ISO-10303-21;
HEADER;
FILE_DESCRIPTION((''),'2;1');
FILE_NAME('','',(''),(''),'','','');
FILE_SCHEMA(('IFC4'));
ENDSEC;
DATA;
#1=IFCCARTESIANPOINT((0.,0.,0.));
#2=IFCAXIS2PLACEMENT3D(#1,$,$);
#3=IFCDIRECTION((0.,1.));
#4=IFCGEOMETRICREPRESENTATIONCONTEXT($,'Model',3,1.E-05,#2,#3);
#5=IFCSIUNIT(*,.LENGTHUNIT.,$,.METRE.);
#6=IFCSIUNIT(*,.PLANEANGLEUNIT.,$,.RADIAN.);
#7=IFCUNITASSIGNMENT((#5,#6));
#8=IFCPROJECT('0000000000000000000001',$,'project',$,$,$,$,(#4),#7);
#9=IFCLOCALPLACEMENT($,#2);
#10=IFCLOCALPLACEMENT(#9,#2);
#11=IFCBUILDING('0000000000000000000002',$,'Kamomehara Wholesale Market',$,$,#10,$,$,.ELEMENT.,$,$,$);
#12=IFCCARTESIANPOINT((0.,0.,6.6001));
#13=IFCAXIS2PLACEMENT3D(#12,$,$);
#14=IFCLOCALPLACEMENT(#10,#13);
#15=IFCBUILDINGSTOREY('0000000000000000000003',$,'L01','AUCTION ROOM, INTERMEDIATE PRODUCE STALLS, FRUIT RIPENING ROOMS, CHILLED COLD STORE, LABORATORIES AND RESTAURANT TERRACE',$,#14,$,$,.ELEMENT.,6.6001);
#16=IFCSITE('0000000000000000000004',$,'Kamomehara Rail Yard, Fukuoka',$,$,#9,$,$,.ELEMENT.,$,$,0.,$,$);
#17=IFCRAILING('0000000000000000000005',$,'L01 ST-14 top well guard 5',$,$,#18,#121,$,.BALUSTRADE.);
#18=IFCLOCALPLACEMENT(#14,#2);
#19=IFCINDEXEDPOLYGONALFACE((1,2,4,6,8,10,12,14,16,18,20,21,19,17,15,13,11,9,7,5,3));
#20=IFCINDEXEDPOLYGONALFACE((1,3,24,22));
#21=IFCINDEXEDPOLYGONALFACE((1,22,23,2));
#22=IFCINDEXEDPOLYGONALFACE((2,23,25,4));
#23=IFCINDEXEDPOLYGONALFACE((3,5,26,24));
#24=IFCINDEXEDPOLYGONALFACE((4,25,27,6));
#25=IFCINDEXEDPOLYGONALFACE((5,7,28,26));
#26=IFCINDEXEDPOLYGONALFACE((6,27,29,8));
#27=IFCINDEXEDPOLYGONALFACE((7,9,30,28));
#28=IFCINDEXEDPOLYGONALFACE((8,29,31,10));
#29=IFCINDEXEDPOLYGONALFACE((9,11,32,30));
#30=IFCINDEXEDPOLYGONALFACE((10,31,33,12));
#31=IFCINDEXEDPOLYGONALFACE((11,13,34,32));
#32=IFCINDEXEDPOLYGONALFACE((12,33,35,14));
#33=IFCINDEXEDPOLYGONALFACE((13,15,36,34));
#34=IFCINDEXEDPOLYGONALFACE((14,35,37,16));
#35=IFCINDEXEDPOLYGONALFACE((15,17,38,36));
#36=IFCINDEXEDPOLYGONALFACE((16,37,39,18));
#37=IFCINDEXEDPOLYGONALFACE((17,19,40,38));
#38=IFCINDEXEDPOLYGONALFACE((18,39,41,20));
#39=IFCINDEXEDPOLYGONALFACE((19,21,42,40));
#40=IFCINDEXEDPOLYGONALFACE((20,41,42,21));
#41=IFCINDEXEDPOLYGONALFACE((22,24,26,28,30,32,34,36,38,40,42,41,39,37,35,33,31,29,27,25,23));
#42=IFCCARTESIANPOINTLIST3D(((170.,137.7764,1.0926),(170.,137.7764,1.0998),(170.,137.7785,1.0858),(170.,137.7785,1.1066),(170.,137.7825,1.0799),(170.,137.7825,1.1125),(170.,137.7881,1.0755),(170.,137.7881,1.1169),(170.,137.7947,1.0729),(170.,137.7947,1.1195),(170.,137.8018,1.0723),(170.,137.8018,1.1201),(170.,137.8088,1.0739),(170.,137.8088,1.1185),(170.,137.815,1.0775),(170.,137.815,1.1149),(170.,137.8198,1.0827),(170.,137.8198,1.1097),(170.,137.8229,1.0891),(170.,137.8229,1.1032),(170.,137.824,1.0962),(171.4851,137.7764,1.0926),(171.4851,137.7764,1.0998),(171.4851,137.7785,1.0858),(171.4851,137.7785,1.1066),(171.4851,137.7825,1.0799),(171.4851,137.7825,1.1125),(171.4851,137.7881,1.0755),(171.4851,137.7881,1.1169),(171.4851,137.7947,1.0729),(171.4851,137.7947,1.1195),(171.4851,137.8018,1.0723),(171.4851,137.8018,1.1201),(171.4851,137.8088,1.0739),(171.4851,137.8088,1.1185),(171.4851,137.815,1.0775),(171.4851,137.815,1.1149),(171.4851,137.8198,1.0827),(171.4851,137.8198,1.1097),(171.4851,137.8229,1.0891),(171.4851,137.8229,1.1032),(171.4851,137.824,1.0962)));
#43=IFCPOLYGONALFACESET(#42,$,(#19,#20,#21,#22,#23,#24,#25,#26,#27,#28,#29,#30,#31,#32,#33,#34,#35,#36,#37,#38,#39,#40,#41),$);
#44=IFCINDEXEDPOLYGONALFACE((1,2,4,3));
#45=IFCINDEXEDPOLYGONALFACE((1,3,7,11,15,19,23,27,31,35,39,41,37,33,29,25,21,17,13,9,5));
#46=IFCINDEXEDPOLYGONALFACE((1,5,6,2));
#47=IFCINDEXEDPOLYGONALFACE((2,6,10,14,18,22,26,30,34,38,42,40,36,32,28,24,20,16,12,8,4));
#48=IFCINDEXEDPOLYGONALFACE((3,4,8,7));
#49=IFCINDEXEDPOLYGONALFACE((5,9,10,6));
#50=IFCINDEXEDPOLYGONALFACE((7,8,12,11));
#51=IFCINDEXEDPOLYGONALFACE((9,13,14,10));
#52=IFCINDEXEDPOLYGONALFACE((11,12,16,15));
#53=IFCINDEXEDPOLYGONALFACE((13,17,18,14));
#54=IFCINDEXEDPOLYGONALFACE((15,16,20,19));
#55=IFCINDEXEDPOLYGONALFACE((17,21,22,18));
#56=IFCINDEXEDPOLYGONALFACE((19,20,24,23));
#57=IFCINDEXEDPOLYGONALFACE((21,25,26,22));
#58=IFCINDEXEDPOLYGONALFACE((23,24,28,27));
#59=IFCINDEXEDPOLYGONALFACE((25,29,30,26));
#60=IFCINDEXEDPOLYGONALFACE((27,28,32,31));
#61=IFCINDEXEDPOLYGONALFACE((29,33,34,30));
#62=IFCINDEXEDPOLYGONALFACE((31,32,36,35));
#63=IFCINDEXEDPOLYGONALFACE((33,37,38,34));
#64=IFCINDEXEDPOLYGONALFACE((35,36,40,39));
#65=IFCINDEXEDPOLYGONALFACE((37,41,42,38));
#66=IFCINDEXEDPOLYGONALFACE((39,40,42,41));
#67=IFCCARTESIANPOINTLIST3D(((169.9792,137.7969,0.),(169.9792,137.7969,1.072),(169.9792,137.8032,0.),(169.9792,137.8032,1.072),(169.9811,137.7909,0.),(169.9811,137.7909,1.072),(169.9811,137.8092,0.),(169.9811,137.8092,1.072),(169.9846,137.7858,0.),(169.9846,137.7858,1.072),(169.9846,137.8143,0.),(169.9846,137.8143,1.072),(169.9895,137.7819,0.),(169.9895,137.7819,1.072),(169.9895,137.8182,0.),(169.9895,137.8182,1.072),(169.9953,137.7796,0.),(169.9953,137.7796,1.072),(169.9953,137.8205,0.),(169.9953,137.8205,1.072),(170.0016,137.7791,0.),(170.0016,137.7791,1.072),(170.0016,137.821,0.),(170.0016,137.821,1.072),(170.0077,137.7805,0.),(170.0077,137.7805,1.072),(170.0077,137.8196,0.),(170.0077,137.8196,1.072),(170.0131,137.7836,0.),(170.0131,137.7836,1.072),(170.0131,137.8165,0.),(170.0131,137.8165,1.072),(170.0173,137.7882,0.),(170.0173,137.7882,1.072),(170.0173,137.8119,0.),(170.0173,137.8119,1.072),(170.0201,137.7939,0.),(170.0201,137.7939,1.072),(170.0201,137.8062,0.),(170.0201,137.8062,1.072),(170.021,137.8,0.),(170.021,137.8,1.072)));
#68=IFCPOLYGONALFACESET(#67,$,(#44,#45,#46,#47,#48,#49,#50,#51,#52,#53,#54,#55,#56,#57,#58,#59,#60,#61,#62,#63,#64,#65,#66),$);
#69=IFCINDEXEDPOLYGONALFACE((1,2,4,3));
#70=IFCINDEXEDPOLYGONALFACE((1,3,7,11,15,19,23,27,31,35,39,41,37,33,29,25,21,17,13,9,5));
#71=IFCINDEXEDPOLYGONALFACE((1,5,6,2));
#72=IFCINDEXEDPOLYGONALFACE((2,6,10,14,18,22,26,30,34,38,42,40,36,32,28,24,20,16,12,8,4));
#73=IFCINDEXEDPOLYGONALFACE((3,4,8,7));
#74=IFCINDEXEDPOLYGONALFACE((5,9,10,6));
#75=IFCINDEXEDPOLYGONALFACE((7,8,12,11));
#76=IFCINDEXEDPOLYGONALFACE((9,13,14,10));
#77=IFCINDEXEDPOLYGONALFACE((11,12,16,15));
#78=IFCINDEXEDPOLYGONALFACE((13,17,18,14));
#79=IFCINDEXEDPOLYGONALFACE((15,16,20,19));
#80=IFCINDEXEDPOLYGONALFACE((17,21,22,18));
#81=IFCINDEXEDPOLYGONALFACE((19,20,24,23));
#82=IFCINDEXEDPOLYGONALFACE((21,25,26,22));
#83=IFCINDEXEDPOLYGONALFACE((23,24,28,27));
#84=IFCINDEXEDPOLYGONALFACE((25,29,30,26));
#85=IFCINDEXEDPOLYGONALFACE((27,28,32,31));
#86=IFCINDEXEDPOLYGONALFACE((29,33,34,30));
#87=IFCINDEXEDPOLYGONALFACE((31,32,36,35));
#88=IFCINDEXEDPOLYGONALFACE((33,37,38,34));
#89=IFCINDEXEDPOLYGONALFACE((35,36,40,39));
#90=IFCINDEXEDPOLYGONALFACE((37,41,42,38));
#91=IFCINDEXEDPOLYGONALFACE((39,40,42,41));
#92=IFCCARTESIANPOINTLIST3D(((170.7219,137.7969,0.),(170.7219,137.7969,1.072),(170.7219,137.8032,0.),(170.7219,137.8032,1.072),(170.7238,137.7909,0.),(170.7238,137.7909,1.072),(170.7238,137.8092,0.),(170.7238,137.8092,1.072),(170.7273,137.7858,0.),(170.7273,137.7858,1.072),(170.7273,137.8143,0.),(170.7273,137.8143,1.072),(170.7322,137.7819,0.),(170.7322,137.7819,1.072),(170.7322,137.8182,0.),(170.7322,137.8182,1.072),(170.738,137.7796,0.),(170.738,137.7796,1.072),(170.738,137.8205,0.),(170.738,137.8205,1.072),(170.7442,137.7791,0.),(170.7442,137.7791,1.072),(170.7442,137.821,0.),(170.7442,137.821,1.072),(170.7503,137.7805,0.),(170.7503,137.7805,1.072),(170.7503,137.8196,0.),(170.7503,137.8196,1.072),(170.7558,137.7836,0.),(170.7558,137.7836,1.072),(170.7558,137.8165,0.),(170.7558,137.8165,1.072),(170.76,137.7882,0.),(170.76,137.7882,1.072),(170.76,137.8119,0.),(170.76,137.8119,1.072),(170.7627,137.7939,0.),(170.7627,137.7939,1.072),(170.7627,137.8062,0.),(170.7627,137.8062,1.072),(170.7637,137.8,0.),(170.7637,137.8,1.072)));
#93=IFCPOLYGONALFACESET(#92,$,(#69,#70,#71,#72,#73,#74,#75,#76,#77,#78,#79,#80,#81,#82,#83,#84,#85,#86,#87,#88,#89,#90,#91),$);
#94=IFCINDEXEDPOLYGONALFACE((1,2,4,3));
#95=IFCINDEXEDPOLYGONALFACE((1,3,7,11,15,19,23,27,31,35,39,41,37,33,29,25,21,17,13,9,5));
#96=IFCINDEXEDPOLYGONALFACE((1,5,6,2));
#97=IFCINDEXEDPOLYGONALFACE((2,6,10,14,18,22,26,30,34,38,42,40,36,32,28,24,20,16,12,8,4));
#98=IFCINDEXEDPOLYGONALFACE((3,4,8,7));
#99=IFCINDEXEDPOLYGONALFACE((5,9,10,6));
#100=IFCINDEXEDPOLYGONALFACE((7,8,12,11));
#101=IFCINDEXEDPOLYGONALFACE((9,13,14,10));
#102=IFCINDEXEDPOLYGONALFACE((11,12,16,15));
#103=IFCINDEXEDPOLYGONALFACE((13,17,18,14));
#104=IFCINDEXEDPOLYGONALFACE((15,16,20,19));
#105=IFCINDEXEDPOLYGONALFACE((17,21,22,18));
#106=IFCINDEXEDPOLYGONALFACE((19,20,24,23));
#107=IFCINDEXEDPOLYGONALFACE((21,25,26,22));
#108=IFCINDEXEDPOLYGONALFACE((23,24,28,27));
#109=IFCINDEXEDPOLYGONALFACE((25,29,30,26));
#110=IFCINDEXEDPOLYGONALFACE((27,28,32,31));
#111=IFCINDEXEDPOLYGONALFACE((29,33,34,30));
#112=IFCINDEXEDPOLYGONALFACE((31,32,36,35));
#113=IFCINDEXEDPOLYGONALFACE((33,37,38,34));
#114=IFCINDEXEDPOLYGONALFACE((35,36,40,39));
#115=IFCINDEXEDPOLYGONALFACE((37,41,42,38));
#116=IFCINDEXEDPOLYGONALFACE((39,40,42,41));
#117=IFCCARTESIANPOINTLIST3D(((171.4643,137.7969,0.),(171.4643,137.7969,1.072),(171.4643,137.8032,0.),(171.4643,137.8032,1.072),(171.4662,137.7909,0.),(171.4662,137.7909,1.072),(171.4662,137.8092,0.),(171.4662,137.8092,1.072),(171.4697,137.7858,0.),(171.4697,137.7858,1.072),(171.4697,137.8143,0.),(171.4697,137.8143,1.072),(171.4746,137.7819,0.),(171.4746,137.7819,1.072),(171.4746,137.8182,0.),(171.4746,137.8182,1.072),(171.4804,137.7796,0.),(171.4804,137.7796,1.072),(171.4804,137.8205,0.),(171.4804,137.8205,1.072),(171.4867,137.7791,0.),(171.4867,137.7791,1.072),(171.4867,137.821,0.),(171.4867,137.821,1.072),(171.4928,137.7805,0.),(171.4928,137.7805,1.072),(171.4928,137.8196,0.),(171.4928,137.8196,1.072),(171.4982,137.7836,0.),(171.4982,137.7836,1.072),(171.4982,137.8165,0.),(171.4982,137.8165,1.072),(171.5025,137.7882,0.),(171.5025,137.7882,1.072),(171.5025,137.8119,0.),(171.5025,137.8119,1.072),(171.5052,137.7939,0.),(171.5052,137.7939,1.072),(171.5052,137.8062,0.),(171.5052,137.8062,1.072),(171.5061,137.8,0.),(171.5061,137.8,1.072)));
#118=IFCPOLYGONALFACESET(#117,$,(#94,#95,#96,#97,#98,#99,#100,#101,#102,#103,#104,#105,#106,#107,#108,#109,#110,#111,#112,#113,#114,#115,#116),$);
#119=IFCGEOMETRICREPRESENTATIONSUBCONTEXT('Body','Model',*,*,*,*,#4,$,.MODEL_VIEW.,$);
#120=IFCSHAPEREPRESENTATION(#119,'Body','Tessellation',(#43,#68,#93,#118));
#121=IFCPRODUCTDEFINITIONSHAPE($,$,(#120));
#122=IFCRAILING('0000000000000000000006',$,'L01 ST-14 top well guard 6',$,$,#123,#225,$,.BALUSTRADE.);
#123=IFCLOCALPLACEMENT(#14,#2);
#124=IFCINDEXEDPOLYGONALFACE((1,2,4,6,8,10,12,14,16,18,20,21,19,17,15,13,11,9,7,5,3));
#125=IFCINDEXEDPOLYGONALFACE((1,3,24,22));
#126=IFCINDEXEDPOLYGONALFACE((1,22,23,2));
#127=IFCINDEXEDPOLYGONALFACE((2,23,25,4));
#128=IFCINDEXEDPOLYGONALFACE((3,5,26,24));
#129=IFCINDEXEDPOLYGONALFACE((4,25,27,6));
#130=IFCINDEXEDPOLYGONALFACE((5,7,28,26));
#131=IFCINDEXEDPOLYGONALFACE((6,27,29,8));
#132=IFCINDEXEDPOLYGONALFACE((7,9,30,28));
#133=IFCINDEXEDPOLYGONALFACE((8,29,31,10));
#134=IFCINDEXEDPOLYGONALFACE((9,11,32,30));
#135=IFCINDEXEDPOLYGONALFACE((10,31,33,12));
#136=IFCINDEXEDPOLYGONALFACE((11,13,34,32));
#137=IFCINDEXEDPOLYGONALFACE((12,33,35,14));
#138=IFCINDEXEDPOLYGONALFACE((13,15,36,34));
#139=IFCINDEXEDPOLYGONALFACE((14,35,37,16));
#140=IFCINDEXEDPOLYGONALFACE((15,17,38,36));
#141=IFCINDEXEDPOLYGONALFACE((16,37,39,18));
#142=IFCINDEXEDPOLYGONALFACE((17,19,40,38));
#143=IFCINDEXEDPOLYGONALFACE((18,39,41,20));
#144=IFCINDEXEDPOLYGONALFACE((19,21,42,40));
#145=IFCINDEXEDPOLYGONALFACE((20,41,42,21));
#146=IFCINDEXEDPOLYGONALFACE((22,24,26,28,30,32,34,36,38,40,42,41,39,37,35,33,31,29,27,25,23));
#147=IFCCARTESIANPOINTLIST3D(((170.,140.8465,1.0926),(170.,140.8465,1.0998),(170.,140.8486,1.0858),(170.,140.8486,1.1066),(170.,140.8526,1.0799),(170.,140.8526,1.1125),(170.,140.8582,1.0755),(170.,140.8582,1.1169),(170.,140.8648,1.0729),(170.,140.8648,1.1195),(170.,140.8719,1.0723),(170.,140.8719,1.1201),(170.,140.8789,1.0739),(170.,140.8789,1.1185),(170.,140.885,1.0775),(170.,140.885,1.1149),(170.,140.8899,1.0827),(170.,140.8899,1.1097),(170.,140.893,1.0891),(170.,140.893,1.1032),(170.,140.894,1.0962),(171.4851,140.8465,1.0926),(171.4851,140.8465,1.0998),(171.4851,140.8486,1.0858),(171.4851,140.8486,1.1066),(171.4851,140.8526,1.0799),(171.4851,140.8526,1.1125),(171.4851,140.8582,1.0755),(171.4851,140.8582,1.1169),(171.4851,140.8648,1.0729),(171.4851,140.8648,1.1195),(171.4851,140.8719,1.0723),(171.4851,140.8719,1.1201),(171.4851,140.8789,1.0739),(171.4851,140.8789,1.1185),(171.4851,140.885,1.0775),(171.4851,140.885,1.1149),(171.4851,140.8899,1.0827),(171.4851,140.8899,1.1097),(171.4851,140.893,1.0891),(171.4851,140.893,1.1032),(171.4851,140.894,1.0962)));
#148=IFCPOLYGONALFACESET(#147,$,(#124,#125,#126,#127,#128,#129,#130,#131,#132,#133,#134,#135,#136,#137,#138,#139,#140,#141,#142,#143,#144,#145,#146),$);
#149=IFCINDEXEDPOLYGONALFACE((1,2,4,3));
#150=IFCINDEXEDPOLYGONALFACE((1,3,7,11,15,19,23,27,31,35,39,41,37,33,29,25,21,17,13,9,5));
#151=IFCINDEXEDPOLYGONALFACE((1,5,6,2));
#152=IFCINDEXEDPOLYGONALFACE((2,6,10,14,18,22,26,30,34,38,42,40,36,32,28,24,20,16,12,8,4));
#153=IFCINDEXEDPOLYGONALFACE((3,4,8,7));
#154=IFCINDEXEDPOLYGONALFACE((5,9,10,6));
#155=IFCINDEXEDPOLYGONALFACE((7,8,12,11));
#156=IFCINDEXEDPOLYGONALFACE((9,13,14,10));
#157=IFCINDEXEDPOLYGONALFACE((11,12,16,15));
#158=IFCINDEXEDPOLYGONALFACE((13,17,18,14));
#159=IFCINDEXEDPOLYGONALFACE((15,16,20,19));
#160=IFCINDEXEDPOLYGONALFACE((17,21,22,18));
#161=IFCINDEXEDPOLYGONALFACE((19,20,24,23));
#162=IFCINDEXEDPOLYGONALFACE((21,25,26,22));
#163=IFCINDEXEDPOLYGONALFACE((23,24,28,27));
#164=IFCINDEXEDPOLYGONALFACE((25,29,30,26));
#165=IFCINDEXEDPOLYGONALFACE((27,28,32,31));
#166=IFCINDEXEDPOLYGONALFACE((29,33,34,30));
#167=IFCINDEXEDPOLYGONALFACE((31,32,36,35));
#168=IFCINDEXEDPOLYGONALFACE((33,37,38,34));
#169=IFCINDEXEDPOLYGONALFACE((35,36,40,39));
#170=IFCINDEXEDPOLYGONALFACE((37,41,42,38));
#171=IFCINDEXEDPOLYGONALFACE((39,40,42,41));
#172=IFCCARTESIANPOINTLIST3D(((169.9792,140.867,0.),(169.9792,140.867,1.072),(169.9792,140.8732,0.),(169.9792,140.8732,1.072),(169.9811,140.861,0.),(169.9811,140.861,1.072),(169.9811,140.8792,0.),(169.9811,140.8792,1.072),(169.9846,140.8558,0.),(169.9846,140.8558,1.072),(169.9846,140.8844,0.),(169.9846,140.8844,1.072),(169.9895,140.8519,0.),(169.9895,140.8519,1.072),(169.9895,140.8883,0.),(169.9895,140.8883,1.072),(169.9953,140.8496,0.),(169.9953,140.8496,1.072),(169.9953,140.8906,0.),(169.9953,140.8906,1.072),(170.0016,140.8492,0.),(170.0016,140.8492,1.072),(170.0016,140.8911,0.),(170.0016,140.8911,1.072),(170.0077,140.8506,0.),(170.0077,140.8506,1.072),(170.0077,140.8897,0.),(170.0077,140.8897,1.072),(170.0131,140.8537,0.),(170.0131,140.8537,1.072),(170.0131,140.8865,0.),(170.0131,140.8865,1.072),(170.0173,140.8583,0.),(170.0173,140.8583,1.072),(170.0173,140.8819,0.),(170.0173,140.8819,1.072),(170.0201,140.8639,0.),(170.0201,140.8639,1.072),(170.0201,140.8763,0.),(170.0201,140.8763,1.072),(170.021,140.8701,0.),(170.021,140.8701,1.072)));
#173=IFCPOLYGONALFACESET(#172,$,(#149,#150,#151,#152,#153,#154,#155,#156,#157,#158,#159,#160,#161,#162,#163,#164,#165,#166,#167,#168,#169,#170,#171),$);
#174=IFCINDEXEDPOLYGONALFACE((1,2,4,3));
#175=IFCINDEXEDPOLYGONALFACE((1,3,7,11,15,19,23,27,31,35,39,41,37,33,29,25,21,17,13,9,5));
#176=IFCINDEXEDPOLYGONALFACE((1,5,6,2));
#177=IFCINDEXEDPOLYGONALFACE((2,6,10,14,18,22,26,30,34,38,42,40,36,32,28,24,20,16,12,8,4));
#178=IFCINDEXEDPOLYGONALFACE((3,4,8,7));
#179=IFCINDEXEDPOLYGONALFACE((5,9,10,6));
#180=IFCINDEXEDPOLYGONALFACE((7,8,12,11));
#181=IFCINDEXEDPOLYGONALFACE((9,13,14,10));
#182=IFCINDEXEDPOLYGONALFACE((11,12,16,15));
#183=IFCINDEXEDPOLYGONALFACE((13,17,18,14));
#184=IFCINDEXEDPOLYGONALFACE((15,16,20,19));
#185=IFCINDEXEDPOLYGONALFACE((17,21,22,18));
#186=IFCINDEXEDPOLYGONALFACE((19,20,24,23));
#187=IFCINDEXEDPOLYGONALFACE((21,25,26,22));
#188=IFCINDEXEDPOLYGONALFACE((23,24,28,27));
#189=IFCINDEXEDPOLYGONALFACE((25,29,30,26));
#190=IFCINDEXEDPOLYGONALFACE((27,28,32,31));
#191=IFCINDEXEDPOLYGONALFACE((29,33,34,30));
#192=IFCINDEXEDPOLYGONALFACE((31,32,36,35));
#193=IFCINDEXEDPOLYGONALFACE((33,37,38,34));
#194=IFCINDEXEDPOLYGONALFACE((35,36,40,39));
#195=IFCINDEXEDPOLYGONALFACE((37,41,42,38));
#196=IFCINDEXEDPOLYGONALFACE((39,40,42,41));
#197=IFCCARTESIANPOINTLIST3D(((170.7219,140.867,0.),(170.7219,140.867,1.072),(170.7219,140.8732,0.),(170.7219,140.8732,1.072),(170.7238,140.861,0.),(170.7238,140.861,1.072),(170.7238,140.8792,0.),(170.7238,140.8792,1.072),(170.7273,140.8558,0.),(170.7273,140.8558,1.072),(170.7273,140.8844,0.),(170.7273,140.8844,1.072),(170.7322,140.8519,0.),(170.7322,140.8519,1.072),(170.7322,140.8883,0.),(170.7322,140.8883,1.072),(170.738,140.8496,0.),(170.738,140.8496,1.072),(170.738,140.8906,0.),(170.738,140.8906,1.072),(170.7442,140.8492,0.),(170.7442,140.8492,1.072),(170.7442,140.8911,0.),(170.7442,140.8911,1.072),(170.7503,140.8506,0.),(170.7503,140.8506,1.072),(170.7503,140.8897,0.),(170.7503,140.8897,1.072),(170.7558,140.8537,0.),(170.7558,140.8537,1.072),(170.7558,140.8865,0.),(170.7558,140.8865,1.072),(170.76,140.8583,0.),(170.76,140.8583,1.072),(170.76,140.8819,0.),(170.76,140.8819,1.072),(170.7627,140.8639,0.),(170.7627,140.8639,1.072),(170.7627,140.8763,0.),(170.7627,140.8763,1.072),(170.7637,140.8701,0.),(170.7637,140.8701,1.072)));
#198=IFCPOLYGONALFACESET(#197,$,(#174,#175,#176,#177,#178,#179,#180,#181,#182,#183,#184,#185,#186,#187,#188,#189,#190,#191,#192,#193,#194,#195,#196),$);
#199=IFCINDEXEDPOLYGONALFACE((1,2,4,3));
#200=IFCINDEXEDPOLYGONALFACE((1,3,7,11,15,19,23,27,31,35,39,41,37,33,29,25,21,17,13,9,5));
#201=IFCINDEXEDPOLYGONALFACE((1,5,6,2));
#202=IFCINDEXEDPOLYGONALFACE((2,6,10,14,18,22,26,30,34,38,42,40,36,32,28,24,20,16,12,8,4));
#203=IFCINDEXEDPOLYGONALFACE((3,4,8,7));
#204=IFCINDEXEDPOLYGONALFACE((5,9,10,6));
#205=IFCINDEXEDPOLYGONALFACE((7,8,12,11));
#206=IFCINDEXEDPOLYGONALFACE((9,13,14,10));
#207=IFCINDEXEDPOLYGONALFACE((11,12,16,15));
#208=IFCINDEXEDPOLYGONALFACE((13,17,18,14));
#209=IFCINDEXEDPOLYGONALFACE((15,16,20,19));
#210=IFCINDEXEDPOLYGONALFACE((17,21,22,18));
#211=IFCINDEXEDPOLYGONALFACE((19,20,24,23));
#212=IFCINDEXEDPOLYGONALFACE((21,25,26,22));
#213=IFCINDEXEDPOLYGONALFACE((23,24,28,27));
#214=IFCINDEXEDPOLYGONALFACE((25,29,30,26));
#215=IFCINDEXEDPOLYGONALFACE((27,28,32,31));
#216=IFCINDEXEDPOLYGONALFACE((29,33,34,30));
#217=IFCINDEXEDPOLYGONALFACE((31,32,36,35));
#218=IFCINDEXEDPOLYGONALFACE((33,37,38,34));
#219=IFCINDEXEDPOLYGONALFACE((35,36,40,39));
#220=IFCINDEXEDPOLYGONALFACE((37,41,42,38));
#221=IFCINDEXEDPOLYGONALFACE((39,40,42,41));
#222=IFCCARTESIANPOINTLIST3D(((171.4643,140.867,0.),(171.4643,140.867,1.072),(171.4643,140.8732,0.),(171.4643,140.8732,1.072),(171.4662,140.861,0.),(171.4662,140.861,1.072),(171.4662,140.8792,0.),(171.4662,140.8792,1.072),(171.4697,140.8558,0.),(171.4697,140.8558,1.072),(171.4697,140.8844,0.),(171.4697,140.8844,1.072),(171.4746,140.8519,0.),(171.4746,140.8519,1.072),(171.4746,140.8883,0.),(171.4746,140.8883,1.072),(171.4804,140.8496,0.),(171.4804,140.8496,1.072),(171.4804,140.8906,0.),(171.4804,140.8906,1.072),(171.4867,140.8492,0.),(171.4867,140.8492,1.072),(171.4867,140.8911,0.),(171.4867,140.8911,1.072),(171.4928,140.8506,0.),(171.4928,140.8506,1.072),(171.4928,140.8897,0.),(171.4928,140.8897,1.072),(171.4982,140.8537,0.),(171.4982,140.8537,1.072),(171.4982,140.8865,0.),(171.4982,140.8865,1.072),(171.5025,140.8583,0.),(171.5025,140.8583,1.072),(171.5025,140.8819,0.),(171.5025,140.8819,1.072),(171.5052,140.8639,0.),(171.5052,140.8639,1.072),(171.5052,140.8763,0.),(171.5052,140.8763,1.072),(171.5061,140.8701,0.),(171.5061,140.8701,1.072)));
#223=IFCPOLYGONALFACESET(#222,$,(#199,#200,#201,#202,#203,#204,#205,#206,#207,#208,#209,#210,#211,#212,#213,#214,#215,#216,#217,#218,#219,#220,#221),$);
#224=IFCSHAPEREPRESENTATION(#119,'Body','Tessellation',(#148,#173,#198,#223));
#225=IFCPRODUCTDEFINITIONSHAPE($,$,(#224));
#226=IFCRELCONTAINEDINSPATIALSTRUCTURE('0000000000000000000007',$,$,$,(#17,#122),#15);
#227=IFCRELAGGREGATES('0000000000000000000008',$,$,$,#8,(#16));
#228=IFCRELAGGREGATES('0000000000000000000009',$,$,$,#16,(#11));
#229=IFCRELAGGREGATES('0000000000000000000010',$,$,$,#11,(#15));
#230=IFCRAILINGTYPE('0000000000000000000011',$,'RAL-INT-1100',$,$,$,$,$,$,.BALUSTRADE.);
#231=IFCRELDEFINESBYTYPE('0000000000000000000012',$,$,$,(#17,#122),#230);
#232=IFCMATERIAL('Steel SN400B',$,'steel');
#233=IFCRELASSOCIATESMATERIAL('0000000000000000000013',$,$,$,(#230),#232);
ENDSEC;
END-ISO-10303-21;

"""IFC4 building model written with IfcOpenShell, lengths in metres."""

from ifc_helpers import new_model, si_unit, direction, frame, origin, origin_2d, place, context, subcontext, project, spatial, circle, extrude, material, type_object, element, save


model = new_model("IFC4")

# Units and contexts
model_context = context("Model", 3, precision=1e-05, world=origin(), true_north=direction((0.0, 1.0)))
body_context = subcontext(model_context, "Body", "Model", "MODEL_VIEW")
ifc_project = project(units=[si_unit("LENGTHUNIT", "METRE"), si_unit("PLANEANGLEUNIT", "RADIAN")], contexts=[model_context])

# Site, building, storey
site_placement = place(None, origin())
site = spatial("IfcSite", under=ifc_project, at=site_placement, Name="Kamomehara Rail Yard, Fukuoka", CompositionType="ELEMENT", RefElevation=0.0)
building_placement = place(site_placement, origin())
building = spatial("IfcBuilding", under=site, at=building_placement, Name="Kamomehara Wholesale Market", CompositionType="ELEMENT")
storey_placement = place(building_placement, frame((0.0, 0.0, 6.6001)))
storey = spatial("IfcBuildingStorey", under=building, at=storey_placement, Name="L01", Description="AUCTION ROOM, INTERMEDIATE PRODUCE STALLS, FRUIT RIPENING ROOMS, CHILLED COLD STORE, LABORATORIES AND RESTAURANT TERRACE", CompositionType="ELEMENT", Elevation=6.6001)

# Railings
ifc_material_1 = material(Name="Steel SN400B", Category="steel")
railing_type = type_object("IfcRailingType", Name="RAL-INT-1100", PredefinedType="BALUSTRADE", material=ifc_material_1)
for number, where, name in (
    (1, (170.0, 137.8, 0.0), "L01 ST-14 top well guard 5"),
    (2, (170.0, 140.8701, 0.0), "L01 ST-14 top well guard 6"),
):
    element("IfcRailing", number, at=place(storey_placement, frame(where)), inside=storey, type_object=railing_type, Name=name, PredefinedType="BALUSTRADE", context=body_context, shape_type="SweptSolid", body=[
        extrude(circle(Radius=0.0239, at=origin_2d()), frame((0.0, 0.0, 1.0962), z_axis=(1.0, 0.0, 0.0), x_axis=(0.0, 1.0, 0.0)), (0.0, 0.0, 1.0), 1.4851),
        extrude(circle(Radius=0.021, at=origin_2d()), origin(), (0.0, 0.0, 1.0), 1.072),
        extrude(circle(Radius=0.021, at=origin_2d()), frame((0.7427, 0.0, 0.0)), (0.0, 0.0, 1.0), 1.072),
        extrude(circle(Radius=0.021, at=origin_2d()), frame((1.4851, 0.0, 0.0)), (0.0, 0.0, 1.0), 1.072),
    ])

save(model, "model.ifc")
